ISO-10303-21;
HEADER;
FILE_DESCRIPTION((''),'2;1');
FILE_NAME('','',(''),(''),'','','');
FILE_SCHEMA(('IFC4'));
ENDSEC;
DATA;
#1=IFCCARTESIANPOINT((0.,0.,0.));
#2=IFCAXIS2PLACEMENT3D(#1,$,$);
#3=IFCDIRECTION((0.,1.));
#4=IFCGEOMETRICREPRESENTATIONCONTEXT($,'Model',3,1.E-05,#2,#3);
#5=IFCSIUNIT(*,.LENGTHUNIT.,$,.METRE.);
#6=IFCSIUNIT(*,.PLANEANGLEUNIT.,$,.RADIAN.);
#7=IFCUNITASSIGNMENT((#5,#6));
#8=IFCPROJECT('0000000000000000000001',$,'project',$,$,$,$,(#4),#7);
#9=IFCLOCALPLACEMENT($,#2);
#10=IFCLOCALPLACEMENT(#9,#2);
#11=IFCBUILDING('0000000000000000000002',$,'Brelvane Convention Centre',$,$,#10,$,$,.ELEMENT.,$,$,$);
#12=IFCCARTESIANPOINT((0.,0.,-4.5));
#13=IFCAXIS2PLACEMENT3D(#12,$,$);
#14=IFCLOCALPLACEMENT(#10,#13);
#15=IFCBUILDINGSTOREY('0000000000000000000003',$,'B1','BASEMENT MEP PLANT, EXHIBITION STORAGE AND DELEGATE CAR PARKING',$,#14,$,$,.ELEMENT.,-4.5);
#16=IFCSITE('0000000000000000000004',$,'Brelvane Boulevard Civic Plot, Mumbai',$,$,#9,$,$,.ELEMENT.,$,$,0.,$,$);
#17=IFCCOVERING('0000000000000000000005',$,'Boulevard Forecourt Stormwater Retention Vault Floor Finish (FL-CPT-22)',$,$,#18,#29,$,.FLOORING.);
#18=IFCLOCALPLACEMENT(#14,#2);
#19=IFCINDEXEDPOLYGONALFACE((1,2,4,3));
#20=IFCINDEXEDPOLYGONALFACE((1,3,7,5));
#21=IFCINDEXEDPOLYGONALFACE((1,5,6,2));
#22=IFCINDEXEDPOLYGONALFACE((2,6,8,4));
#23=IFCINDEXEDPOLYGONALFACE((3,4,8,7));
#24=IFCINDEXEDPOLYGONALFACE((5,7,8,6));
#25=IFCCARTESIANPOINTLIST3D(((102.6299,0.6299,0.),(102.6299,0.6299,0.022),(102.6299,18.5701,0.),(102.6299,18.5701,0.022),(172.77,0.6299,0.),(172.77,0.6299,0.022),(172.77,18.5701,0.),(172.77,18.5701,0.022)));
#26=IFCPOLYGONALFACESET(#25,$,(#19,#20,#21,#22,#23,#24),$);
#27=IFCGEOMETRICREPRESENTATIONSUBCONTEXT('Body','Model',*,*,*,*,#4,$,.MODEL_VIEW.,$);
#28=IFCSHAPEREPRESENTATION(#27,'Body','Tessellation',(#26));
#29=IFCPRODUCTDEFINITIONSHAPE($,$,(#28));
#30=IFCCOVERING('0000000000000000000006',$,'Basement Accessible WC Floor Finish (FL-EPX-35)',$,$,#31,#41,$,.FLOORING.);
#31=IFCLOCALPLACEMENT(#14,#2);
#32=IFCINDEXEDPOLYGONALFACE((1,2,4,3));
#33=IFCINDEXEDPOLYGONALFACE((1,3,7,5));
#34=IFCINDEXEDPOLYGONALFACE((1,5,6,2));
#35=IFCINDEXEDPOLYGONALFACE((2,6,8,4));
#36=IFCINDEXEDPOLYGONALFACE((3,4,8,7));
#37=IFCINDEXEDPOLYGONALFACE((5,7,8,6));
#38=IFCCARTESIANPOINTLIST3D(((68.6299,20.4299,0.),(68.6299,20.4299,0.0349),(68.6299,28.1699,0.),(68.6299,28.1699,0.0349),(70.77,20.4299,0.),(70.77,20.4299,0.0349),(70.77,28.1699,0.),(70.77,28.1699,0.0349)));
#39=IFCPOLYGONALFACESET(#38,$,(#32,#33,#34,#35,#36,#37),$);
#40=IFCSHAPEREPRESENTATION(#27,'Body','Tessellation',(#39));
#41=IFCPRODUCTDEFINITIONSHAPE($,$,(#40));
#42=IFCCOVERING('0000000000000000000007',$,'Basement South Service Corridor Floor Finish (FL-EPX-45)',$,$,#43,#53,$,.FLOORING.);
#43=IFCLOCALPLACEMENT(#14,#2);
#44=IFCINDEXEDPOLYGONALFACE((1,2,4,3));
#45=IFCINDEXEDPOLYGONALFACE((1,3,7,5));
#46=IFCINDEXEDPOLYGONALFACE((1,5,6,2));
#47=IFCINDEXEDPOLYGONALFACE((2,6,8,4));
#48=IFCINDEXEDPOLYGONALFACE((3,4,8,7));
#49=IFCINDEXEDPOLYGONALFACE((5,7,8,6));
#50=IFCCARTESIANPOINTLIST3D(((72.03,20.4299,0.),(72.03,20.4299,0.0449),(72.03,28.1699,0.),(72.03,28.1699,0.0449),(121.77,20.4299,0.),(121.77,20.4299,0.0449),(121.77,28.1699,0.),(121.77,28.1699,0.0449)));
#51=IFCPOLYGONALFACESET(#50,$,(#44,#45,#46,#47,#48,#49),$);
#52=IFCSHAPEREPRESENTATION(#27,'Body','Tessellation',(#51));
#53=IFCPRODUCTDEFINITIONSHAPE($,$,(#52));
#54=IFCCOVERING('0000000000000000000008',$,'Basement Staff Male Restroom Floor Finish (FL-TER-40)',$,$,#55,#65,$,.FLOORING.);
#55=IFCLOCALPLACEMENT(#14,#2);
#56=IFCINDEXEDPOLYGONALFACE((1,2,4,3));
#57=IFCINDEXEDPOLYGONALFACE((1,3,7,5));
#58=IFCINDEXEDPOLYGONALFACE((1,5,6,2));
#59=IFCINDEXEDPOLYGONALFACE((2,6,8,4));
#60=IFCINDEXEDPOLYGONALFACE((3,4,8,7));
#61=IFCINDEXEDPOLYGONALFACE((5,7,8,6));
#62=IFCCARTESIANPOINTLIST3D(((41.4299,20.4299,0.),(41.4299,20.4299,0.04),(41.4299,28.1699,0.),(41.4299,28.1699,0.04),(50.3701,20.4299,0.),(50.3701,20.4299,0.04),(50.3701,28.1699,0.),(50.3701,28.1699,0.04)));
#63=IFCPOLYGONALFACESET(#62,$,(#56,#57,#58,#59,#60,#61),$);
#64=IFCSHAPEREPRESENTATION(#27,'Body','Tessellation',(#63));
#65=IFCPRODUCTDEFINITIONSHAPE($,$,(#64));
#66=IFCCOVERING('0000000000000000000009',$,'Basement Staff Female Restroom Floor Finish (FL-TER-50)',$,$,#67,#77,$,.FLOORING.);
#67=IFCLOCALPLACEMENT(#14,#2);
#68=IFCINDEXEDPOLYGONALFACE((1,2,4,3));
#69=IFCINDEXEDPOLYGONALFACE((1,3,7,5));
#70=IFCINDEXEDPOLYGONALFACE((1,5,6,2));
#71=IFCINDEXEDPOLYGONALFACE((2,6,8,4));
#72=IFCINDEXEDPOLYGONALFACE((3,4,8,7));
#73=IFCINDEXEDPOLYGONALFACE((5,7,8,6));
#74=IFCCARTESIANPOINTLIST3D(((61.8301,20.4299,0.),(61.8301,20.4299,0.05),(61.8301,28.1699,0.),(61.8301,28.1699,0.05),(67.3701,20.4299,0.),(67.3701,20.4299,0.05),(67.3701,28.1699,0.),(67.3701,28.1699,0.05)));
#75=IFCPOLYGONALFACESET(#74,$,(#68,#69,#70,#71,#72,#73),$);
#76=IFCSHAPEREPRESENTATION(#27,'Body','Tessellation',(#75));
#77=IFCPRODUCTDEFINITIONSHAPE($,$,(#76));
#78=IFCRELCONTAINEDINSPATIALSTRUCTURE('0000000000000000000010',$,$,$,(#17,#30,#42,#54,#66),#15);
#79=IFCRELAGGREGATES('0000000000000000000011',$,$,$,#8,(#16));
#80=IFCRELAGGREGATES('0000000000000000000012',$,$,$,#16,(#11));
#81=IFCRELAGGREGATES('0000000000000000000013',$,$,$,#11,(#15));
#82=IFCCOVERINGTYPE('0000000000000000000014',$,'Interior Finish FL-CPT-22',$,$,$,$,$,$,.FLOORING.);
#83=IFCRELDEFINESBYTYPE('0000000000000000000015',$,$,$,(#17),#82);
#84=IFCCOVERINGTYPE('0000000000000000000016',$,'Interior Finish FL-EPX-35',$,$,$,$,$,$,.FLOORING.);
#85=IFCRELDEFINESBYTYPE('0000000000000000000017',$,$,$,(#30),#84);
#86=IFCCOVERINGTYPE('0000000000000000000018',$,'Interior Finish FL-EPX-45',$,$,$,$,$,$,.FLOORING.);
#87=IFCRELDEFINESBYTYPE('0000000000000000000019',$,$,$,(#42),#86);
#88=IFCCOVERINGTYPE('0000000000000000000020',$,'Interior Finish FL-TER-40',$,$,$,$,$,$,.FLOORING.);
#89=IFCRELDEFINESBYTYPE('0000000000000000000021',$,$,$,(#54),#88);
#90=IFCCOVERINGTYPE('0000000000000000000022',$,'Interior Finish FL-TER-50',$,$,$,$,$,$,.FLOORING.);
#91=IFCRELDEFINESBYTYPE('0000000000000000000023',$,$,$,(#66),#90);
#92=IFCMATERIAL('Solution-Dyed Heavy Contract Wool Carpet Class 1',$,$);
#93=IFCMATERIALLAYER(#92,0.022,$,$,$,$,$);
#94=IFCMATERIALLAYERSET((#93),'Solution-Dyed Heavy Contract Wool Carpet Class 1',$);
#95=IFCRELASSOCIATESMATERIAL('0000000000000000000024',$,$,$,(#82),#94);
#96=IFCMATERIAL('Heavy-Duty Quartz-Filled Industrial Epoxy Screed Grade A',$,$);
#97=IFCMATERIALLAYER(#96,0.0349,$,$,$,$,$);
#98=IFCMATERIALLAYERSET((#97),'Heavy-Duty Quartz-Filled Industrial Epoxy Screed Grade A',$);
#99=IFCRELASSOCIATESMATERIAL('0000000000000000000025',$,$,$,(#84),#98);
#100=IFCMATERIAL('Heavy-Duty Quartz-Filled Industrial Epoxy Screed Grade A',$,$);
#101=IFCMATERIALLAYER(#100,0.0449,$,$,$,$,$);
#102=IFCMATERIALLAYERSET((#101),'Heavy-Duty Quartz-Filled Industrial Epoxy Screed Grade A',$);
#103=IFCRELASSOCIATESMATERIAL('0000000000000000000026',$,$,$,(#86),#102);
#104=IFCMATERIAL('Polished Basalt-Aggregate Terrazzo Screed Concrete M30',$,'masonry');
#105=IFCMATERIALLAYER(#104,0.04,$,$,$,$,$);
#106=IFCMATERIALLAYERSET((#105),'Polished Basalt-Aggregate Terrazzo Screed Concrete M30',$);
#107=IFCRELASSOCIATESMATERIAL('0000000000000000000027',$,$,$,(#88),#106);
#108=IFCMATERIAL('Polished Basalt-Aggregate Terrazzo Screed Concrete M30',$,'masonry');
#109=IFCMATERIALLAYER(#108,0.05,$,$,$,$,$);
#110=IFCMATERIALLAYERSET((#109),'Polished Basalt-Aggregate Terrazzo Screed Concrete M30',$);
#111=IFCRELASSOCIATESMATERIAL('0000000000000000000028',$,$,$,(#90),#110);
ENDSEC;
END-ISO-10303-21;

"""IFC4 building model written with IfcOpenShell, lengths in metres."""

from ifc_helpers import new_model, si_unit, direction, frame, origin, place, context, subcontext, project, spatial, polyline, outline, extrude, material, layer, layer_set, type_object, element, save


model = new_model("IFC4")

# Units and contexts
model_context = context("Model", 3, precision=1e-05, world=origin(), true_north=direction((0.0, 1.0)))
body_context = subcontext(model_context, "Body", "Model", "MODEL_VIEW")
ifc_project = project(units=[si_unit("LENGTHUNIT", "METRE"), si_unit("PLANEANGLEUNIT", "RADIAN")], contexts=[model_context])

# Site, building, storey
site_placement = place(None, origin())
site = spatial("IfcSite", under=ifc_project, at=site_placement, Name="Brelvane Boulevard Civic Plot, Mumbai", CompositionType="ELEMENT", RefElevation=0.0)
building_placement = place(site_placement, origin())
building = spatial("IfcBuilding", under=site, at=building_placement, Name="Brelvane Convention Centre", CompositionType="ELEMENT")
storey_placement = place(building_placement, frame((0.0, 0.0, -4.5)))
storey = spatial("IfcBuildingStorey", under=building, at=storey_placement, Name="B1", Description="BASEMENT MEP PLANT, EXHIBITION STORAGE AND DELEGATE CAR PARKING", CompositionType="ELEMENT", Elevation=-4.5)

# Coverings
ifc_material_1 = material(Name="Solution-Dyed Heavy Contract Wool Carpet Class 1")
ifc_layer_1 = layer(ifc_material_1, 0.022)
ifc_layer_set_1 = layer_set([ifc_layer_1], Name="Solution-Dyed Heavy Contract Wool Carpet Class 1")
covering_type_1 = type_object("IfcCoveringType", Name="Interior Finish FL-CPT-22", PredefinedType="FLOORING", material=ifc_layer_set_1)
covering_1_placement = place(storey_placement, origin())
element("IfcCovering", 1, at=covering_1_placement, inside=storey, type_object=covering_type_1, Name="Boulevard Forecourt Stormwater Retention Vault Floor Finish (FL-CPT-22)", PredefinedType="FLOORING", context=body_context, shape_type="SweptSolid", body=[
    extrude(outline(polyline([(102.6299, 0.6299), (172.77, 0.6299), (172.77, 18.5701), (102.6299, 18.5701), (102.6299, 0.6299)])), origin(), (0.0, 0.0, 1.0), 0.022),
])
ifc_material_2 = material(Name="Heavy-Duty Quartz-Filled Industrial Epoxy Screed Grade A")
ifc_layer_2 = layer(ifc_material_2, 0.0349)
ifc_layer_set_2 = layer_set([ifc_layer_2], Name="Heavy-Duty Quartz-Filled Industrial Epoxy Screed Grade A")
covering_type_2 = type_object("IfcCoveringType", Name="Interior Finish FL-EPX-35", PredefinedType="FLOORING", material=ifc_layer_set_2)
covering_2_placement = place(storey_placement, origin())
element("IfcCovering", 2, at=covering_2_placement, inside=storey, type_object=covering_type_2, Name="Basement Accessible WC Floor Finish (FL-EPX-35)", PredefinedType="FLOORING", context=body_context, shape_type="SweptSolid", body=[
    extrude(outline(polyline([(68.6299, 20.4299), (70.77, 20.4299), (70.77, 28.1699), (68.6299, 28.1699), (68.6299, 20.4299)])), origin(), (0.0, 0.0, 1.0), 0.0349),
])
ifc_material_3 = material(Name="Heavy-Duty Quartz-Filled Industrial Epoxy Screed Grade A")
ifc_layer_3 = layer(ifc_material_3, 0.0449)
ifc_layer_set_3 = layer_set([ifc_layer_3], Name="Heavy-Duty Quartz-Filled Industrial Epoxy Screed Grade A")
covering_type_3 = type_object("IfcCoveringType", Name="Interior Finish FL-EPX-45", PredefinedType="FLOORING", material=ifc_layer_set_3)
covering_3_placement = place(storey_placement, origin())
element("IfcCovering", 3, at=covering_3_placement, inside=storey, type_object=covering_type_3, Name="Basement South Service Corridor Floor Finish (FL-EPX-45)", PredefinedType="FLOORING", context=body_context, shape_type="SweptSolid", body=[
    extrude(outline(polyline([(72.03, 20.4299), (121.77, 20.4299), (121.77, 28.1699), (72.03, 28.1699), (72.03, 20.4299)])), origin(), (0.0, 0.0, 1.0), 0.0449),
])
ifc_material_4 = material(Name="Polished Basalt-Aggregate Terrazzo Screed Concrete M30", Category="masonry")
ifc_layer_4 = layer(ifc_material_4, 0.04)
ifc_layer_set_4 = layer_set([ifc_layer_4], Name="Polished Basalt-Aggregate Terrazzo Screed Concrete M30")
covering_type_4 = type_object("IfcCoveringType", Name="Interior Finish FL-TER-40", PredefinedType="FLOORING", material=ifc_layer_set_4)
covering_4_placement = place(storey_placement, origin())
element("IfcCovering", 4, at=covering_4_placement, inside=storey, type_object=covering_type_4, Name="Basement Staff Male Restroom Floor Finish (FL-TER-40)", PredefinedType="FLOORING", context=body_context, shape_type="SweptSolid", body=[
    extrude(outline(polyline([(41.4299, 20.4299), (50.3701, 20.4299), (50.3701, 28.1699), (41.4299, 28.1699), (41.4299, 20.4299)])), origin(), (0.0, 0.0, 1.0), 0.04),
])
ifc_material_5 = material(Name="Polished Basalt-Aggregate Terrazzo Screed Concrete M30", Category="masonry")
ifc_layer_5 = layer(ifc_material_5, 0.05)
ifc_layer_set_5 = layer_set([ifc_layer_5], Name="Polished Basalt-Aggregate Terrazzo Screed Concrete M30")
covering_type_5 = type_object("IfcCoveringType", Name="Interior Finish FL-TER-50", PredefinedType="FLOORING", material=ifc_layer_set_5)
covering_5_placement = place(storey_placement, origin())
element("IfcCovering", 5, at=covering_5_placement, inside=storey, type_object=covering_type_5, Name="Basement Staff Female Restroom Floor Finish (FL-TER-50)", PredefinedType="FLOORING", context=body_context, shape_type="SweptSolid", body=[
    extrude(outline(polyline([(61.8301, 20.4299), (67.3701, 20.4299), (67.3701, 28.1699), (61.8301, 28.1699), (61.8301, 20.4299)])), origin(), (0.0, 0.0, 1.0), 0.05),
])

save(model, "model.ifc")
